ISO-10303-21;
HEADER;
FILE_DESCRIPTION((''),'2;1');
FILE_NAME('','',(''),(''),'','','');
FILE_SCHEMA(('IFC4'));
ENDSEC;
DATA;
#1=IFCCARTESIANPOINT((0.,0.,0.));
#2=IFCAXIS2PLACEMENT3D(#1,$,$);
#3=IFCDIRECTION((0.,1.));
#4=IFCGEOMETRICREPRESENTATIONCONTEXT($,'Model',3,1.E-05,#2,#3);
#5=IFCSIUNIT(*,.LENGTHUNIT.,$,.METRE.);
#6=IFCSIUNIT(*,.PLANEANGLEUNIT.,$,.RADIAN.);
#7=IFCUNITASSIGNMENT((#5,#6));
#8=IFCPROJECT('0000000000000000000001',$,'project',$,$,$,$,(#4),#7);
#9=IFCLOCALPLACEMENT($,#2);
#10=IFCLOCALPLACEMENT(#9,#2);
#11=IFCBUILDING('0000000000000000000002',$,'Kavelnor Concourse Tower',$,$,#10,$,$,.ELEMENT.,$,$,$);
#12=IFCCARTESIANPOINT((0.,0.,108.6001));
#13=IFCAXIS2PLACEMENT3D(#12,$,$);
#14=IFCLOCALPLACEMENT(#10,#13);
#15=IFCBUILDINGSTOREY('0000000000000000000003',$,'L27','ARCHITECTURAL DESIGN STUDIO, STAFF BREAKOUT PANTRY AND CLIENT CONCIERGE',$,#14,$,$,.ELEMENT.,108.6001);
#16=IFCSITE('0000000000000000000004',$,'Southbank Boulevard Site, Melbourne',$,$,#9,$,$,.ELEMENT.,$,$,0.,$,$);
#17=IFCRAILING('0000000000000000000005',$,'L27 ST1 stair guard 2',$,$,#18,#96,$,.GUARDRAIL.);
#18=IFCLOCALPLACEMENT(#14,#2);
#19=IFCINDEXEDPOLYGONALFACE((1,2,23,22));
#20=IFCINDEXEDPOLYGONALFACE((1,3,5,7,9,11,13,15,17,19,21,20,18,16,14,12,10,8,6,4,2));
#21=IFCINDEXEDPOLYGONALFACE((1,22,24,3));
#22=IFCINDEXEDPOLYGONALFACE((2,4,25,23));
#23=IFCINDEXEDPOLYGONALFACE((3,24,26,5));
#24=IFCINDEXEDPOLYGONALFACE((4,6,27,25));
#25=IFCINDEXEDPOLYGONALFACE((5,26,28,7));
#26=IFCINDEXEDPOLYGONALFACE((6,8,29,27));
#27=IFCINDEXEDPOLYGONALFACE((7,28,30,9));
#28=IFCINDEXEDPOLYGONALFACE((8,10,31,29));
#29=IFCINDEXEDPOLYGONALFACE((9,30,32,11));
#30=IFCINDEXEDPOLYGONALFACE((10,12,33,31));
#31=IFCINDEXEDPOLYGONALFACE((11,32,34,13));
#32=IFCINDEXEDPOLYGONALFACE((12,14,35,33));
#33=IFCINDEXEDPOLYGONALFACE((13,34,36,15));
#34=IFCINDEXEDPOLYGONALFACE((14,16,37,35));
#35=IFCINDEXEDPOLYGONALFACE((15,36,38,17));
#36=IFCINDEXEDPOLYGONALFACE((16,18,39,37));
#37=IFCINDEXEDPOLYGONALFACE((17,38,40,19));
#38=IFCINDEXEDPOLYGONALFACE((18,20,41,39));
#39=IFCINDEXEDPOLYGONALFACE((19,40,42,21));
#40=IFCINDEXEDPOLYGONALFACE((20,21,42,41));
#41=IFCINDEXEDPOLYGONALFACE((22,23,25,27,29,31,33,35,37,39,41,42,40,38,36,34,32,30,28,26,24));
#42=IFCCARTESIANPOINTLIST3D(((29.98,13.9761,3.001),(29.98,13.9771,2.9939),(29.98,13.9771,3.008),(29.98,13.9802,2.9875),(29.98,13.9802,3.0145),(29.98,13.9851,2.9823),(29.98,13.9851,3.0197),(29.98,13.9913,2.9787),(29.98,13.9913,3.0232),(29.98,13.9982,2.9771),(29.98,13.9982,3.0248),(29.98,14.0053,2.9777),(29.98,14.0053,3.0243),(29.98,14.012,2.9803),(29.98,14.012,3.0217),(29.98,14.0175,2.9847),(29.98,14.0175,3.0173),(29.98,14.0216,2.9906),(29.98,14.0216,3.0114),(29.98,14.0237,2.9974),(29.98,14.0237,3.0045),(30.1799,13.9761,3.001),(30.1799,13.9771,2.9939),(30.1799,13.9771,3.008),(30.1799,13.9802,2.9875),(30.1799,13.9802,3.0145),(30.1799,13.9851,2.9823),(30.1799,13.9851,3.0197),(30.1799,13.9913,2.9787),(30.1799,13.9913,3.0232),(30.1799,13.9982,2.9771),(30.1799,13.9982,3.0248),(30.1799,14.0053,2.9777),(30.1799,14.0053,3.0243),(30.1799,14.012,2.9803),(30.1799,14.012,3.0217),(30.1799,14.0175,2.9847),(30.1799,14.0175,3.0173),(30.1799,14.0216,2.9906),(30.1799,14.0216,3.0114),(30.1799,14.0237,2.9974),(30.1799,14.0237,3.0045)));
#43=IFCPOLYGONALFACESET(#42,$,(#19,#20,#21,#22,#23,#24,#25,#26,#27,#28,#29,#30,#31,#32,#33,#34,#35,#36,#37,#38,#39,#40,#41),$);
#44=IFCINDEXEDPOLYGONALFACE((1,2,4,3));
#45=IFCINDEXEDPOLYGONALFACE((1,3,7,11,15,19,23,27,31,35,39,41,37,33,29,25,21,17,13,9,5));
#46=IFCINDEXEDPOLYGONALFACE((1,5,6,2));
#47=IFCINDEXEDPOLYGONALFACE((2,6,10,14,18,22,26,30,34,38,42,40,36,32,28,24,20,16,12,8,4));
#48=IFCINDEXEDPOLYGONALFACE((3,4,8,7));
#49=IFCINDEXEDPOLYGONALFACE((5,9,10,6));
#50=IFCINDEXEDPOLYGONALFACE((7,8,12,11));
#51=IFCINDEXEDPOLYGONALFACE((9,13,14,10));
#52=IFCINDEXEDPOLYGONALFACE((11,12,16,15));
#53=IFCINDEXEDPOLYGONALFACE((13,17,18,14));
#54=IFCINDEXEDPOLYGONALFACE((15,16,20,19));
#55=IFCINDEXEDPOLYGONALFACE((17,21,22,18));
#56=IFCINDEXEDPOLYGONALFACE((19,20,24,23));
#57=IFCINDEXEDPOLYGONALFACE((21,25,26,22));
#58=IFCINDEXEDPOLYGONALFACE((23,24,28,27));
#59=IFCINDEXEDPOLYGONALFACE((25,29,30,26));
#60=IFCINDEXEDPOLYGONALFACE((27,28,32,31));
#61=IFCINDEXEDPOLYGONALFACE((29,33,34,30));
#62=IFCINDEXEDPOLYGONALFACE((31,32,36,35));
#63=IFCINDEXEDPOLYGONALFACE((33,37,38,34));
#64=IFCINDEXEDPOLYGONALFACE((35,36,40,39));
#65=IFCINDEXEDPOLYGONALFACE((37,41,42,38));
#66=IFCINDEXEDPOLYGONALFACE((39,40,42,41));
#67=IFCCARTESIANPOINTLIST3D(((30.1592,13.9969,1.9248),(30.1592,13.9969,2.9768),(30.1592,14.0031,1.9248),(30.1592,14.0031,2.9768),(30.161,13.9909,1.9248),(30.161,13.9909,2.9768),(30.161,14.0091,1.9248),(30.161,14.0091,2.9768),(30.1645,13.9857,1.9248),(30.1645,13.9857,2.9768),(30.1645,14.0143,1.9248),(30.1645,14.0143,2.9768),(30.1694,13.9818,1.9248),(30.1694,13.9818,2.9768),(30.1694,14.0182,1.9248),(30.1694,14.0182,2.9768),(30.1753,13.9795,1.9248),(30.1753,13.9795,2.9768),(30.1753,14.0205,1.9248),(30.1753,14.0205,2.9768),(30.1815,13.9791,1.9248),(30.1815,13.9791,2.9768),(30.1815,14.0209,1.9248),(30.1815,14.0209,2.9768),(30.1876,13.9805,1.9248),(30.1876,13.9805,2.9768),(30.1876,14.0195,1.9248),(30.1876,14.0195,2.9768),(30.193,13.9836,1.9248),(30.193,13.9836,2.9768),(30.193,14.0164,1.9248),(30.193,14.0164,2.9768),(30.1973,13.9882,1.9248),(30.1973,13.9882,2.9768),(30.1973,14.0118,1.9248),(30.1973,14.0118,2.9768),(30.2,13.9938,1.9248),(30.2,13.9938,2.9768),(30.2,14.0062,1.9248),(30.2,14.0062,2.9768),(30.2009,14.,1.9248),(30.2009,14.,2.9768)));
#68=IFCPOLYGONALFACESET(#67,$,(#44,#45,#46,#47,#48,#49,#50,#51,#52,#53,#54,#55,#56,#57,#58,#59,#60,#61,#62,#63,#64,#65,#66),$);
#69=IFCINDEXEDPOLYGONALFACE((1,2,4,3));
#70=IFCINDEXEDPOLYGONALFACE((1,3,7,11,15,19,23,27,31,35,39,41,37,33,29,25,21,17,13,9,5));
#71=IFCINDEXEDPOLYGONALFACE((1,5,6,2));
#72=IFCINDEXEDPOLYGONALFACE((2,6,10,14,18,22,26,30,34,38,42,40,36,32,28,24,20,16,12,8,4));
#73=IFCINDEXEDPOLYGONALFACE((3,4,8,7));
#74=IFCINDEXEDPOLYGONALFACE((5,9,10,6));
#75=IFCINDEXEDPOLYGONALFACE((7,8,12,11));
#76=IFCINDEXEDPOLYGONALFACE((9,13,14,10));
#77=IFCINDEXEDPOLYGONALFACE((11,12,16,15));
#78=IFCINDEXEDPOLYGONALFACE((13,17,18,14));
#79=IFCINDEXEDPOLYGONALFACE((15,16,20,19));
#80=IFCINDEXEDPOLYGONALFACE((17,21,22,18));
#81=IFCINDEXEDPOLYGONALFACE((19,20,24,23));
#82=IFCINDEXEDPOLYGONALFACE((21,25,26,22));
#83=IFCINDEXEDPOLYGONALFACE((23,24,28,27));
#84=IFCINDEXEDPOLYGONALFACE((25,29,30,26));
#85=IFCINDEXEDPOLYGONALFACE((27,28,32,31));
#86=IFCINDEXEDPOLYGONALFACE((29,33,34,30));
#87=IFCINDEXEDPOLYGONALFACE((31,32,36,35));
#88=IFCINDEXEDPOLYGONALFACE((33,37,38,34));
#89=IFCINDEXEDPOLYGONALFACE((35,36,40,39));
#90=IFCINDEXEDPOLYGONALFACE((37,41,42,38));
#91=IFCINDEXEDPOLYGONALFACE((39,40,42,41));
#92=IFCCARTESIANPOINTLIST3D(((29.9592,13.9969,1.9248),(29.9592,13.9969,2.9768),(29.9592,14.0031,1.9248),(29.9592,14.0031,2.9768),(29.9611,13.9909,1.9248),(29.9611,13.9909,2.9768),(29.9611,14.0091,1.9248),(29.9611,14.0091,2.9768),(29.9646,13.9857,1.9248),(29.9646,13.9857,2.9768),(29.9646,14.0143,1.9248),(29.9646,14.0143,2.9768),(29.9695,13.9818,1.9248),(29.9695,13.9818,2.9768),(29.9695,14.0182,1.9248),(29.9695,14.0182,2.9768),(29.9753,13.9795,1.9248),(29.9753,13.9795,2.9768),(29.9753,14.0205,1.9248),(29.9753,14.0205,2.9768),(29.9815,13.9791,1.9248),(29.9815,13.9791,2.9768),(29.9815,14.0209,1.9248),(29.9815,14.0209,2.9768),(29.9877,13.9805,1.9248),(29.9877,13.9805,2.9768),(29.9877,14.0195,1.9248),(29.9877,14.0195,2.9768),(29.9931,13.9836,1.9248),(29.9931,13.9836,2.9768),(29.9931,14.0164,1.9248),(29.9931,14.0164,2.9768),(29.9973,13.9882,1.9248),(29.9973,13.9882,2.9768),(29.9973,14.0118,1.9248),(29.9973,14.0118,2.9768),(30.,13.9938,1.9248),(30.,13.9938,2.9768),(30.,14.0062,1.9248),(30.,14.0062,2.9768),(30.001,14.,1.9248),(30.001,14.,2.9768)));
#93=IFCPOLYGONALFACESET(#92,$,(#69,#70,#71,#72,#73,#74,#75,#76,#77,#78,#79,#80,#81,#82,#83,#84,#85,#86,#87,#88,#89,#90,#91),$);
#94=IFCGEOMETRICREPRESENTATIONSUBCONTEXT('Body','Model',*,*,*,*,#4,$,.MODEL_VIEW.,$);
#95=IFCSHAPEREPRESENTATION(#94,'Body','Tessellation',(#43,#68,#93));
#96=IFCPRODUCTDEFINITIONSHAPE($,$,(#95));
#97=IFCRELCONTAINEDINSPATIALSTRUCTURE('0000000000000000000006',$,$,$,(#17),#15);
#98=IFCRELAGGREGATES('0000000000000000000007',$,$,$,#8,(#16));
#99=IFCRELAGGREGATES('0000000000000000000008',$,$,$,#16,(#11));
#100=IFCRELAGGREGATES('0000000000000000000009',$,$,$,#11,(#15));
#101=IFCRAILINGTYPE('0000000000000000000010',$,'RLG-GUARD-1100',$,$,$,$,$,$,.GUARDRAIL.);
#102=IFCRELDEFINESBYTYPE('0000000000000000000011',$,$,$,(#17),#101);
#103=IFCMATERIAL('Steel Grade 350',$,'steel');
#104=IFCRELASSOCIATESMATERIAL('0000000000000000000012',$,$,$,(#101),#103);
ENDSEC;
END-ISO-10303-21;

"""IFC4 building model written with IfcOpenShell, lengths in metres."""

from ifc_helpers import new_model, si_unit, direction, frame, origin, origin_2d, place, context, subcontext, project, spatial, circle, extrude, material, type_object, element, save


model = new_model("IFC4")

# Units and contexts
model_context = context("Model", 3, precision=1e-05, world=origin(), true_north=direction((0.0, 1.0)))
body_context = subcontext(model_context, "Body", "Model", "MODEL_VIEW")
ifc_project = project(units=[si_unit("LENGTHUNIT", "METRE"), si_unit("PLANEANGLEUNIT", "RADIAN")], contexts=[model_context])

# Site, building, storey
site_placement = place(None, origin())
site = spatial("IfcSite", under=ifc_project, at=site_placement, Name="Southbank Boulevard Site, Melbourne", CompositionType="ELEMENT", RefElevation=0.0)
building_placement = place(site_placement, origin())
building = spatial("IfcBuilding", under=site, at=building_placement, Name="Kavelnor Concourse Tower", CompositionType="ELEMENT")
storey_placement = place(building_placement, frame((0.0, 0.0, 108.6001)))
storey = spatial("IfcBuildingStorey", under=building, at=storey_placement, Name="L27", Description="ARCHITECTURAL DESIGN STUDIO, STAFF BREAKOUT PANTRY AND CLIENT CONCIERGE", CompositionType="ELEMENT", Elevation=108.6001)

# Shared definitions
ifc_material_1 = material(Name="Steel Grade 350", Category="steel")

# Railing
railing_type_1 = type_object("IfcRailingType", Name="RLG-GUARD-1100", PredefinedType="GUARDRAIL", material=ifc_material_1)
railing_1_placement = place(storey_placement, frame((30.1799, 14.0, 1.9248)))
element("IfcRailing", 1, at=railing_1_placement, inside=storey, type_object=railing_type_1, Name="L27 ST1 stair guard 2", PredefinedType="GUARDRAIL", context=body_context, shape_type="SweptSolid", body=[
    extrude(circle(Radius=0.0239, at=origin_2d()), frame((0.0, 0.0, 1.0762), z_axis=(-1.0, 0.0, 0.0), x_axis=(0.0, -1.0, 0.0)), (0.0, 0.0, 1.0), 0.2),
    extrude(circle(Radius=0.021, at=origin_2d()), origin(), (0.0, 0.0, 1.0), 1.052),
    extrude(circle(Radius=0.021, at=origin_2d()), frame((-0.2, 0.0, 0.0)), (0.0, 0.0, 1.0), 1.052),
])

save(model, "model.ifc")
